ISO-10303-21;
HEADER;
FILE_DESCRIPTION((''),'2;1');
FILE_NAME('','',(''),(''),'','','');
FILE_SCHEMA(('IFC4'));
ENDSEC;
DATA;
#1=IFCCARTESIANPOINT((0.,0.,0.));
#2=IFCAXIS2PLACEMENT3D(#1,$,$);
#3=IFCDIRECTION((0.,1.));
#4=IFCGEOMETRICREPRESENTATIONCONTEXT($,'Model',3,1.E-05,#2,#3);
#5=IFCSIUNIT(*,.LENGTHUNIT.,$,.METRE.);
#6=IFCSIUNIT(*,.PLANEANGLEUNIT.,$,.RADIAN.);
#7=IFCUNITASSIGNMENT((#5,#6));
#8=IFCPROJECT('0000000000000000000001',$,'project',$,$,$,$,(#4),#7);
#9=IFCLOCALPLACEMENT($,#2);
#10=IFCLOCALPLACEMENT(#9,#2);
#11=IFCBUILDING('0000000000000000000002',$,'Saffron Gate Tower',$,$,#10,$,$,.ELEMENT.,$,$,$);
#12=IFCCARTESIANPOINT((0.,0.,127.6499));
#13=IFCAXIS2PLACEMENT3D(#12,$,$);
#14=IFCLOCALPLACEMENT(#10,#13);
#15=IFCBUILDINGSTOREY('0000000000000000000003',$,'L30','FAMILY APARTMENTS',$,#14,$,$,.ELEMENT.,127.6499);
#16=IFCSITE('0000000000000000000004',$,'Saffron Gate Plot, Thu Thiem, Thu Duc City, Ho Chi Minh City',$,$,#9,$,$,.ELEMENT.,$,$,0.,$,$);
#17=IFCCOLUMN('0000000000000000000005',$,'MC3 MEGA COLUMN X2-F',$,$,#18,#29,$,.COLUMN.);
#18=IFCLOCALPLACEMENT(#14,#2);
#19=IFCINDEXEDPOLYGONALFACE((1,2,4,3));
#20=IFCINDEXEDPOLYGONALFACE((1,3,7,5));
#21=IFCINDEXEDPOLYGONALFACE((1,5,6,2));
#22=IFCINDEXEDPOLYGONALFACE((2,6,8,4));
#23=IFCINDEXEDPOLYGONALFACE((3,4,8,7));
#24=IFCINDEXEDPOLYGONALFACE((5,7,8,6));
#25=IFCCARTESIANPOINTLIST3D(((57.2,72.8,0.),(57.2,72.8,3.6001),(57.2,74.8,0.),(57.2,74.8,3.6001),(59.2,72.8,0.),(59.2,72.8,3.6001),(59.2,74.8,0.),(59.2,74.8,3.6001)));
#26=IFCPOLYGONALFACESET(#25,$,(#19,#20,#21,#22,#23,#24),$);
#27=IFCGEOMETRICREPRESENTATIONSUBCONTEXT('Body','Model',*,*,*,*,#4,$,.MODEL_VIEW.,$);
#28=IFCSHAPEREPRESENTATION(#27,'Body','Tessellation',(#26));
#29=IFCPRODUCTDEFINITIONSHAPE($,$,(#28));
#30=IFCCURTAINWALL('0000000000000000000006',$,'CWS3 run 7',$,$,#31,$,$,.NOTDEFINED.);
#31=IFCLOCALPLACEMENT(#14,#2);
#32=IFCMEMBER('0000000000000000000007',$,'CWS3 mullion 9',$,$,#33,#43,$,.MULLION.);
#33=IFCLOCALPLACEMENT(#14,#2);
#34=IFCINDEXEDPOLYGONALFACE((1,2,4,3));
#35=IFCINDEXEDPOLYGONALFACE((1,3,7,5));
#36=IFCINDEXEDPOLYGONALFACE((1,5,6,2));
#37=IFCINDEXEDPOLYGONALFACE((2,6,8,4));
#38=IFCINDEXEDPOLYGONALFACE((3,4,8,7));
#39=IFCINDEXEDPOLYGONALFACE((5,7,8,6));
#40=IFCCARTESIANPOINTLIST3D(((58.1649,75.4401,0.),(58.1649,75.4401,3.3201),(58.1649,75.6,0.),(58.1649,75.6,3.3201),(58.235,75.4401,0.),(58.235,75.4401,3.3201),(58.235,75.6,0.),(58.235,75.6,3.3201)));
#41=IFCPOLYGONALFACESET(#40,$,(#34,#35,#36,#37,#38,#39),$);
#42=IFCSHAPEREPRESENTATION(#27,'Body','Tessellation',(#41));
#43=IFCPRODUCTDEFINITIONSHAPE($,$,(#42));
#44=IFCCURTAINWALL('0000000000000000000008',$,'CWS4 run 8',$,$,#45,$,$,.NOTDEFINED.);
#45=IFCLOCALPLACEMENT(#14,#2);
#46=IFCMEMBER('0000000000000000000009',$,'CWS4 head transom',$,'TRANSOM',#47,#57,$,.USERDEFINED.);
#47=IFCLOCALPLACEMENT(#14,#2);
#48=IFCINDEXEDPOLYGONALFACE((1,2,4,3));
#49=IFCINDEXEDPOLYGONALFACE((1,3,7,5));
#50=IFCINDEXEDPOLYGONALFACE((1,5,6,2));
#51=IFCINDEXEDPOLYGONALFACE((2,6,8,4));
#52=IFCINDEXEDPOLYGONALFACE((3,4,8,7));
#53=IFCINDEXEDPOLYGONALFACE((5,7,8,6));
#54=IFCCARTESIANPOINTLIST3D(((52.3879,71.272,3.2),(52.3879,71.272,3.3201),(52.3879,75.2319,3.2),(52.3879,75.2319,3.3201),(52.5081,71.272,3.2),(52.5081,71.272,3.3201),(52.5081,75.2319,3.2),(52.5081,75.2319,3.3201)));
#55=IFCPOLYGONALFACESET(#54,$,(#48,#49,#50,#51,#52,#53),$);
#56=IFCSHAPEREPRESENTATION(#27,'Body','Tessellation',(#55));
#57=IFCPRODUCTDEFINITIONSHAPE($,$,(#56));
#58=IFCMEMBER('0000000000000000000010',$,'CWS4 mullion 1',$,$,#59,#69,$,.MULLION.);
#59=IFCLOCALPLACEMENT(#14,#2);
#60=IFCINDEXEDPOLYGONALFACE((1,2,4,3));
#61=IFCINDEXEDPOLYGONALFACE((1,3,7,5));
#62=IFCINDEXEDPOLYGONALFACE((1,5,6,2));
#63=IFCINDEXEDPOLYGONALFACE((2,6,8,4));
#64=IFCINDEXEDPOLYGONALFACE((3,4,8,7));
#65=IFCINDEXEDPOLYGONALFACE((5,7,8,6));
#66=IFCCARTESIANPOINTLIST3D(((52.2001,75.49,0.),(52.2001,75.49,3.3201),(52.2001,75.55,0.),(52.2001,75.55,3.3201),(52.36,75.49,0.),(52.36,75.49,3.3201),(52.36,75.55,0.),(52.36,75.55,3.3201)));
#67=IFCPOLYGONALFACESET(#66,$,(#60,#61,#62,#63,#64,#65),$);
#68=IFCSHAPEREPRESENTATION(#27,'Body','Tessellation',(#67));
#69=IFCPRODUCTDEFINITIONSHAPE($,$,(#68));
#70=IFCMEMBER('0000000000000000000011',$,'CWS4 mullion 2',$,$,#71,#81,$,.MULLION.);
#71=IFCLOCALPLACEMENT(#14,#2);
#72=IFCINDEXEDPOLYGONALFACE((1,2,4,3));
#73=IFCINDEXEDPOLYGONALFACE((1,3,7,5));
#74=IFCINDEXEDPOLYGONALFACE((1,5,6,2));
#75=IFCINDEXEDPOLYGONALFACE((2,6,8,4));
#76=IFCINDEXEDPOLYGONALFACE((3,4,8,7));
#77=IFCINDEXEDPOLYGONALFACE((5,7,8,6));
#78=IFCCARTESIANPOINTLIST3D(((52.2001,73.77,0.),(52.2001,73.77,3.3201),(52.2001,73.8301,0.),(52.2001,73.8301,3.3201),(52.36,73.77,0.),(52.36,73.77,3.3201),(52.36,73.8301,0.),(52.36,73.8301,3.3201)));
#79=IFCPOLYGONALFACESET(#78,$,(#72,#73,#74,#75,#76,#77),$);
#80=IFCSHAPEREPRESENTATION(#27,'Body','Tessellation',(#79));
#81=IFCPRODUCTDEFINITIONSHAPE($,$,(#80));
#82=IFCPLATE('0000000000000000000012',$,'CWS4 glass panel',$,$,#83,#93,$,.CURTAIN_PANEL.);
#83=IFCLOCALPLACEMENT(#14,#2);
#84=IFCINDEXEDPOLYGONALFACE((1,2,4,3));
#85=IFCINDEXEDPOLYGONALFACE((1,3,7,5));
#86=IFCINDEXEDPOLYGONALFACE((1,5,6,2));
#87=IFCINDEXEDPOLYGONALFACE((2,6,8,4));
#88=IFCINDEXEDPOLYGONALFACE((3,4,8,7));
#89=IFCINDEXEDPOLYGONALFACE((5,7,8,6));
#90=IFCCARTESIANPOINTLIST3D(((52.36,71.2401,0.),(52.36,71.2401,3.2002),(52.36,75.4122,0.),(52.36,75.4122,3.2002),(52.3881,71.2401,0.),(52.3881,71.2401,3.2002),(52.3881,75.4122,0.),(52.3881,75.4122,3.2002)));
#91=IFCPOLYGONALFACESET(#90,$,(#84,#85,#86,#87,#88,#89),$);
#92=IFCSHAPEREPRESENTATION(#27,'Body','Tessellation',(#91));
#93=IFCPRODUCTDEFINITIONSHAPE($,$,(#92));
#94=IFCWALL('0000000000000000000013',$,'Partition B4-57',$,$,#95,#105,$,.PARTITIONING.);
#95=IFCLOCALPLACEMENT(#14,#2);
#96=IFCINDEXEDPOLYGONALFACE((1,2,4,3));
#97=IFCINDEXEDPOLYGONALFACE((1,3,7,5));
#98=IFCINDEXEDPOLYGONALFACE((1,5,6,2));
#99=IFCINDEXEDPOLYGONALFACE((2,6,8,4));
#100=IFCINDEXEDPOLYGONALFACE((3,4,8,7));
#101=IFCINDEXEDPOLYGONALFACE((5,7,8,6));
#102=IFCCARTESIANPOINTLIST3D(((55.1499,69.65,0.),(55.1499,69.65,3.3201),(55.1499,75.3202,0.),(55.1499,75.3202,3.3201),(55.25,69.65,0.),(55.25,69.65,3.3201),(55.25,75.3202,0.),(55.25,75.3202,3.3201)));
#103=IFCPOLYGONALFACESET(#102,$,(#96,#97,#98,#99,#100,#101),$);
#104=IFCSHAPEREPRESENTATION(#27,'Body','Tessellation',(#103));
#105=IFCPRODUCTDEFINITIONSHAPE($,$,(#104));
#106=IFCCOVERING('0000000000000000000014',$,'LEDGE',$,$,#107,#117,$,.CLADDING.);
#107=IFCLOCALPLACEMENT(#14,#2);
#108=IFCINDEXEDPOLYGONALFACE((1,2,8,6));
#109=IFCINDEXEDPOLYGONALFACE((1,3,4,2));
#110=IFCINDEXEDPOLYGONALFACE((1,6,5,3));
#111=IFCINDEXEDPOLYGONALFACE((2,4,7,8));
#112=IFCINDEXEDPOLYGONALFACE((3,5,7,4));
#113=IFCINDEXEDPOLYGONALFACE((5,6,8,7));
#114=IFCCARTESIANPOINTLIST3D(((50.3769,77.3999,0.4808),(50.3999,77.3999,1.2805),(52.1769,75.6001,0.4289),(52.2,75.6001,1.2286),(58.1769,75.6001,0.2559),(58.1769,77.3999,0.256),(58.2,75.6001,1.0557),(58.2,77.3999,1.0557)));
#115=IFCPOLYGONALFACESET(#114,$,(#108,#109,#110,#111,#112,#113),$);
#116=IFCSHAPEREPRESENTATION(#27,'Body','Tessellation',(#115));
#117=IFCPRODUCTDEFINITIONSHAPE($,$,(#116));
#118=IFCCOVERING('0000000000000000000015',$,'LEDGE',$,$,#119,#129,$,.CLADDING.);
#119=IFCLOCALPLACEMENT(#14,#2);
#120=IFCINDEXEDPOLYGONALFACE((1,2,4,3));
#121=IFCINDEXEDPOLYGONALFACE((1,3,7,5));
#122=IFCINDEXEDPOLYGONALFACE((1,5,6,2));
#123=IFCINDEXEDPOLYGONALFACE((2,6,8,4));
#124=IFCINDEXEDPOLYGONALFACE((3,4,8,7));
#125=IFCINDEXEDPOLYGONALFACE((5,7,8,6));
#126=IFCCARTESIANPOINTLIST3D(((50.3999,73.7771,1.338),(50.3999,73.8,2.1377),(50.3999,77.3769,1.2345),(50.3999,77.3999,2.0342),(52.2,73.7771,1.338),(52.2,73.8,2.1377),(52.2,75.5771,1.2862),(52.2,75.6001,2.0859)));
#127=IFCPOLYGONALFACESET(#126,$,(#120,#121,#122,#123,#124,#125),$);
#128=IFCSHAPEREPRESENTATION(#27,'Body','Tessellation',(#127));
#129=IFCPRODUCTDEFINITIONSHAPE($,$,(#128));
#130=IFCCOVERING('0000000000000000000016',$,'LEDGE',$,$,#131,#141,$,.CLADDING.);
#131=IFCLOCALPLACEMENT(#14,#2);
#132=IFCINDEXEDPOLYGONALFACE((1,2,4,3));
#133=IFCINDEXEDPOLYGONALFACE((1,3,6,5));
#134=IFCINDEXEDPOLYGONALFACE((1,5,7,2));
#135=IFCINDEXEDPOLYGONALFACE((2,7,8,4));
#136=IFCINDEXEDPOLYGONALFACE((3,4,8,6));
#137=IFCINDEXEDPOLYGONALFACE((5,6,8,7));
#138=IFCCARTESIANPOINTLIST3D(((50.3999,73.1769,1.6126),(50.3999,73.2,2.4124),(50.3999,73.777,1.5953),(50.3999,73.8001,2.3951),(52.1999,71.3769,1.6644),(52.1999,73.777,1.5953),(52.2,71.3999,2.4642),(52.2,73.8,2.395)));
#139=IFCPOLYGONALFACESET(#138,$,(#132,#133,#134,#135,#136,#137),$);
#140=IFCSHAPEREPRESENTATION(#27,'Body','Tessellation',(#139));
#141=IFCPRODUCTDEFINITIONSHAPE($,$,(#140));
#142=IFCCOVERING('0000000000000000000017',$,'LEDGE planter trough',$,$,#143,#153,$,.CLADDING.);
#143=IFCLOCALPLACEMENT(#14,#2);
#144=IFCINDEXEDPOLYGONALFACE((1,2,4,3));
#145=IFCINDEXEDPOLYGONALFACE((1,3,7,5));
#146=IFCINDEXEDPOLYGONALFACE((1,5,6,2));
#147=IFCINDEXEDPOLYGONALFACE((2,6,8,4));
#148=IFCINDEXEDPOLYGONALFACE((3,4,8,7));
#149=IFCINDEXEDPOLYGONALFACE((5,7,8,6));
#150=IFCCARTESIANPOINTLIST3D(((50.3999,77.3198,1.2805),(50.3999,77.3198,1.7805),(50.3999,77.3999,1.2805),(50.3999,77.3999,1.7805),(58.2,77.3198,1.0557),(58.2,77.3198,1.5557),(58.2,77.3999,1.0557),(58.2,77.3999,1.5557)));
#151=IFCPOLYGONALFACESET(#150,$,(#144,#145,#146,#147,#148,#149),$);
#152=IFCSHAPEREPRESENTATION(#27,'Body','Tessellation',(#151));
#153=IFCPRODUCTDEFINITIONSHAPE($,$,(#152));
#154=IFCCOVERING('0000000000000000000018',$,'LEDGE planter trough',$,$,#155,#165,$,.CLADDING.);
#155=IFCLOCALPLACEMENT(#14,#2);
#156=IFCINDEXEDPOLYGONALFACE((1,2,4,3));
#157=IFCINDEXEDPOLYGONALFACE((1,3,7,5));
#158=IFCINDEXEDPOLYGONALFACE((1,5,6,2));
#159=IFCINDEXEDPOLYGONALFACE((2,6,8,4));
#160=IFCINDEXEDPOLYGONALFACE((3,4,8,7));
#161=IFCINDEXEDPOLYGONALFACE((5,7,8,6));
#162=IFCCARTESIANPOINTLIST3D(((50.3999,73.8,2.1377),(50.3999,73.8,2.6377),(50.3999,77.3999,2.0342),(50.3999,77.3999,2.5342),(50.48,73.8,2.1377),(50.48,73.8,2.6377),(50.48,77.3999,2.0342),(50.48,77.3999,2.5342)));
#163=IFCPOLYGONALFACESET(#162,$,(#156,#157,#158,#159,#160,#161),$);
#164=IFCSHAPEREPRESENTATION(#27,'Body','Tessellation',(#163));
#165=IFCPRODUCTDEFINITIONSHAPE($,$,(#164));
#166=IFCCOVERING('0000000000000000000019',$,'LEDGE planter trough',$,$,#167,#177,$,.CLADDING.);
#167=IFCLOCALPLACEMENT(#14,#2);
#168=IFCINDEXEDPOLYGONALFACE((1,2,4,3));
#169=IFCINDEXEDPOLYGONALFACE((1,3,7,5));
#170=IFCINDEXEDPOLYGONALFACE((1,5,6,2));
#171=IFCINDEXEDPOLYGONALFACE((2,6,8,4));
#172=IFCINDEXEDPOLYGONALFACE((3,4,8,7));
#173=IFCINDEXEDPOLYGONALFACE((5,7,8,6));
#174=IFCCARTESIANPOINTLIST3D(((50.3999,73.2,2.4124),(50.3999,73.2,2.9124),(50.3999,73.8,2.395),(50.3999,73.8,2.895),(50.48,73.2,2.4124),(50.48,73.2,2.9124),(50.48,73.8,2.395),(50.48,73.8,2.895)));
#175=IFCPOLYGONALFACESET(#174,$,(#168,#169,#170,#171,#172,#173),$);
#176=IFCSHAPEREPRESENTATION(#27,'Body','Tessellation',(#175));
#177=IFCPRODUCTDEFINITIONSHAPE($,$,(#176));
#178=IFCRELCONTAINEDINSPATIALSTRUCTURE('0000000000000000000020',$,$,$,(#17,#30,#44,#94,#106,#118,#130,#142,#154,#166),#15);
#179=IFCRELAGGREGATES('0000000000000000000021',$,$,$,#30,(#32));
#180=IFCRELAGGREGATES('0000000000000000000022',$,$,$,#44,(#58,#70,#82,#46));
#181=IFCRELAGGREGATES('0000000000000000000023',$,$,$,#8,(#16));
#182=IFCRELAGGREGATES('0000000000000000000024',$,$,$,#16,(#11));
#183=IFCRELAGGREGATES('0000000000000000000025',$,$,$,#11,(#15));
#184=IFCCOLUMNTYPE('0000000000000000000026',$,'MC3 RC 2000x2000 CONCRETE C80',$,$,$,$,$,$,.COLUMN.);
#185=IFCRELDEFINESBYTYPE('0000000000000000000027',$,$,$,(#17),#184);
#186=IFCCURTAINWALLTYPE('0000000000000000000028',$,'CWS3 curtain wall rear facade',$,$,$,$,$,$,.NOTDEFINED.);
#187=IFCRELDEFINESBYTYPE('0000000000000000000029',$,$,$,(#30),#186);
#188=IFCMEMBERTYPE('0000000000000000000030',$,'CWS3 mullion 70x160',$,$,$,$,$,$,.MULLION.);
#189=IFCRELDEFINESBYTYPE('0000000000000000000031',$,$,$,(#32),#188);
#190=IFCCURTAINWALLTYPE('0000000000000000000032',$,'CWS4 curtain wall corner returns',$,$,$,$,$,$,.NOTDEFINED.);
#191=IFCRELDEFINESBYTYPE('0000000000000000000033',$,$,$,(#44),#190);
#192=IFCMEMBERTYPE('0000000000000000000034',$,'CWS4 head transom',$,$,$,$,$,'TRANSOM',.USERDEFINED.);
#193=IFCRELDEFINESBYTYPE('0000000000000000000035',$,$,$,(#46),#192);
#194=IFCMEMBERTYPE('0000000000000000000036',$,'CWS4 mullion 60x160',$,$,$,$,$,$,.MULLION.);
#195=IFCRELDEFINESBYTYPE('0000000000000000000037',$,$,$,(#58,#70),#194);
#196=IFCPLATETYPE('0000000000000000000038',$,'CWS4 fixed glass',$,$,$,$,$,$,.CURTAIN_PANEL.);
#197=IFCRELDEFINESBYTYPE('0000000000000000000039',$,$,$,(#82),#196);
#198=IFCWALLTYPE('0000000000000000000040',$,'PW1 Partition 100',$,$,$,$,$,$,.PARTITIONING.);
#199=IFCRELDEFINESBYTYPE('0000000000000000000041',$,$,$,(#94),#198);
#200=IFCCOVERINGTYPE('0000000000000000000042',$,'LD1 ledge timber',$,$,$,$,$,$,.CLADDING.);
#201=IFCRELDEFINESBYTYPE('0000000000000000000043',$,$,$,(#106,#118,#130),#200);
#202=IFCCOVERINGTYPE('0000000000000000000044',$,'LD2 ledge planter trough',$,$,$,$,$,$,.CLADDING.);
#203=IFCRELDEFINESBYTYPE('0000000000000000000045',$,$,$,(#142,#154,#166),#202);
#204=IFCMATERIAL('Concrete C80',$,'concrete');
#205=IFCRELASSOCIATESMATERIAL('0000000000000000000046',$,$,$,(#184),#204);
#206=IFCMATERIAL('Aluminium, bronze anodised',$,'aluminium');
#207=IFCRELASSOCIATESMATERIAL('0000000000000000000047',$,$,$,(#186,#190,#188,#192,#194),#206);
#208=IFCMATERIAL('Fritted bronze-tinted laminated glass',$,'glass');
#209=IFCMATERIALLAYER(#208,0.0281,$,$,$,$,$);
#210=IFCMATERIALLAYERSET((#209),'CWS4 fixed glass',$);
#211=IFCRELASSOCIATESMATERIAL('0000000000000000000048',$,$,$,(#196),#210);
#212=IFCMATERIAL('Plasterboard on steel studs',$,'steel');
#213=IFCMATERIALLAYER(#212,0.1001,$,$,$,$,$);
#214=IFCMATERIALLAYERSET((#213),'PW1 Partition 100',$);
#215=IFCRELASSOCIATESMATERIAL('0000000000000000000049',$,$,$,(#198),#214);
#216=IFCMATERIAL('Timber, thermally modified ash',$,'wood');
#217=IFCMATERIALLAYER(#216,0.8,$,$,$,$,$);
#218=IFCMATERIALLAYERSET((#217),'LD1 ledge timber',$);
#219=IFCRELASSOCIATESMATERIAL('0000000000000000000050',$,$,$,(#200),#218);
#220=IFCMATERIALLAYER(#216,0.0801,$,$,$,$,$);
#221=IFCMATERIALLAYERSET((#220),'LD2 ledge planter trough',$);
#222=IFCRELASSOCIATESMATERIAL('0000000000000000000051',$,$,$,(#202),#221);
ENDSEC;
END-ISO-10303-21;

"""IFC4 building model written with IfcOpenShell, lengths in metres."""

from ifc_helpers import new_model, si_unit, direction, frame, frame_2d, origin, origin_2d, place, context, subcontext, project, spatial, polyline, rectangle, outline, extrude, material, layer, layer_set, material_profile, profile_set, type_object, element, aggregate, save


model = new_model("IFC4")

# Units and contexts
model_context = context("Model", 3, precision=1e-05, world=origin(), true_north=direction((0.0, 1.0)))
body_context = subcontext(model_context, "Body", "Model", "MODEL_VIEW")
ifc_project = project(units=[si_unit("LENGTHUNIT", "METRE"), si_unit("PLANEANGLEUNIT", "RADIAN")], contexts=[model_context])

# Site, building, storey
site_placement = place(None, origin())
site = spatial("IfcSite", under=ifc_project, at=site_placement, Name="Saffron Gate Plot, Thu Thiem, Thu Duc City, Ho Chi Minh City", CompositionType="ELEMENT", RefElevation=0.0)
building_placement = place(site_placement, origin())
building = spatial("IfcBuilding", under=site, at=building_placement, Name="Saffron Gate Tower", CompositionType="ELEMENT")
storey_placement = place(building_placement, frame((0.0, 0.0, 127.6499)))
storey = spatial("IfcBuildingStorey", under=building, at=storey_placement, Name="L30", Description="FAMILY APARTMENTS", CompositionType="ELEMENT", Elevation=127.6499)

# Column
ifc_material_1 = material(Name="Concrete C80", Category="concrete")
ifc_material_profile_1 = material_profile(ifc_material_1, rectangle(XDim=2.0, YDim=2.0, at=origin_2d()))
ifc_profile_set_1 = profile_set([ifc_material_profile_1], Name="Concrete C80")
column_type = type_object("IfcColumnType", Name="MC3 RC 2000x2000 CONCRETE C80", PredefinedType="COLUMN", material=ifc_profile_set_1)
column_placement = place(storey_placement, frame((58.2, 73.8, 0.0), z_axis=(0.0, 0.0, 1.0), x_axis=(1.0, 0.0, 0.0)))
element("IfcColumn", 1, at=column_placement, inside=storey, type_object=column_type, Name="MC3 MEGA COLUMN X2-F", PredefinedType="COLUMN", context=body_context, shape_type="SweptSolid", body=[
    extrude(rectangle(XDim=2.0, YDim=2.0, at=origin_2d()), origin(), (0.0, 0.0, 1.0), 3.6001),
])

# Curtain wall, member
ifc_material_2 = material(Name="Aluminium, bronze anodised", Category="aluminium")
curtain_wall_type_1 = type_object("IfcCurtainWallType", Name="CWS3 curtain wall rear facade", PredefinedType="NOTDEFINED", material=ifc_material_2)
curtain_wall_1_placement = place(storey_placement, origin())
curtain_wall_1 = element("IfcCurtainWall", 2, at=curtain_wall_1_placement, inside=storey, type_object=curtain_wall_type_1, Name="CWS3 run 7", PredefinedType="NOTDEFINED")
ifc_material_profile_2 = material_profile(ifc_material_2, rectangle(XDim=0.1599, YDim=0.0701, at=origin_2d()))
ifc_profile_set_2 = profile_set([ifc_material_profile_2], Name="Aluminium, bronze anodised")
member_type_1 = type_object("IfcMemberType", Name="CWS3 mullion 70x160", PredefinedType="MULLION", material=ifc_profile_set_2)
member_1_placement = place(storey_placement, frame((58.2, 75.52, 0.0), z_axis=(0.0, 0.0, 1.0), x_axis=(0.0, -1.0, 0.0)))
member_1 = element("IfcMember", 3, at=member_1_placement, type_object=member_type_1, Name="CWS3 mullion 9", PredefinedType="MULLION", context=body_context, shape_type="SweptSolid", body=[
    extrude(rectangle(XDim=0.1599, YDim=0.0701, at=origin_2d()), origin(), (0.0, 0.0, 1.0), 3.3201),
])
aggregate(curtain_wall_1, [member_1])

# Curtain wall, members, plate
curtain_wall_type_2 = type_object("IfcCurtainWallType", Name="CWS4 curtain wall corner returns", PredefinedType="NOTDEFINED", material=ifc_material_2)
curtain_wall_2_placement = place(storey_placement, origin())
curtain_wall_2 = element("IfcCurtainWall", 4, at=curtain_wall_2_placement, inside=storey, type_object=curtain_wall_type_2, Name="CWS4 run 8", PredefinedType="NOTDEFINED")
ifc_material_profile_3 = material_profile(ifc_material_2, rectangle(XDim=0.1201, YDim=0.1201, at=origin_2d()))
ifc_profile_set_3 = profile_set([ifc_material_profile_3], Name="Aluminium, bronze anodised")
member_type_2 = type_object("IfcMemberType", Name="CWS4 head transom", ElementType="TRANSOM", PredefinedType="USERDEFINED", material=ifc_profile_set_3)
member_2_placement = place(storey_placement, frame((52.448, 75.2319, 3.26), z_axis=(0.0, -1.0, 0.0), x_axis=(1.0, 0.0, 0.0)))
member_2 = element("IfcMember", 5, at=member_2_placement, type_object=member_type_2, Name="CWS4 head transom", ObjectType="TRANSOM", PredefinedType="USERDEFINED", context=body_context, shape_type="SweptSolid", body=[
    extrude(rectangle(XDim=0.1201, YDim=0.1201, at=origin_2d()), origin(), (0.0, 0.0, 1.0), 3.96),
])
ifc_material_profile_4 = material_profile(ifc_material_2, rectangle(XDim=0.1599, YDim=0.0601, at=origin_2d()))
ifc_profile_set_4 = profile_set([ifc_material_profile_4], Name="Aluminium, bronze anodised")
member_type_3 = type_object("IfcMemberType", Name="CWS4 mullion 60x160", PredefinedType="MULLION", material=ifc_profile_set_4)
member_3_placement = place(storey_placement, frame((52.28, 75.52, 0.0), z_axis=(0.0, 0.0, 1.0), x_axis=(1.0, 0.0, 0.0)))
member_3 = element("IfcMember", 6, at=member_3_placement, type_object=member_type_3, Name="CWS4 mullion 1", PredefinedType="MULLION", context=body_context, shape_type="SweptSolid", body=[
    extrude(rectangle(XDim=0.1599, YDim=0.0601, at=origin_2d()), origin(), (0.0, 0.0, 1.0), 3.3201),
])
member_4_placement = place(storey_placement, frame((52.28, 73.8, 0.0), z_axis=(0.0, 0.0, 1.0), x_axis=(1.0, 0.0, 0.0)))
member_4 = element("IfcMember", 7, at=member_4_placement, type_object=member_type_3, Name="CWS4 mullion 2", PredefinedType="MULLION", context=body_context, shape_type="SweptSolid", body=[
    extrude(rectangle(XDim=0.1599, YDim=0.0601, at=origin_2d()), origin(), (0.0, 0.0, 1.0), 3.3201),
])
ifc_material_3 = material(Name="Fritted bronze-tinted laminated glass", Category="glass")
ifc_layer_1 = layer(ifc_material_3, 0.0281)
ifc_layer_set_1 = layer_set([ifc_layer_1], Name="CWS4 fixed glass")
plate_type = type_object("IfcPlateType", Name="CWS4 fixed glass", PredefinedType="CURTAIN_PANEL", material=ifc_layer_set_1)
plate_placement = place(storey_placement, frame((52.374, 75.4121, 0.0), z_axis=(0.0, 0.0, 1.0), x_axis=(0.0, -1.0, 0.0)))
plate = element("IfcPlate", 8, at=plate_placement, type_object=plate_type, Name="CWS4 glass panel", PredefinedType="CURTAIN_PANEL", context=body_context, shape_type="SweptSolid", body=[
    extrude(rectangle(XDim=4.1721, YDim=0.0281, at=frame_2d((2.0859, 0.0))), origin(), (0.0, 0.0, 1.0), 3.2002),
])
aggregate(curtain_wall_2, [member_3, member_4, plate, member_2])

# Wall
ifc_material_4 = material(Name="Plasterboard on steel studs", Category="steel")
ifc_layer_2 = layer(ifc_material_4, 0.1001)
ifc_layer_set_2 = layer_set([ifc_layer_2], Name="PW1 Partition 100")
wall_type = type_object("IfcWallType", Name="PW1 Partition 100", PredefinedType="PARTITIONING", material=ifc_layer_set_2)
wall_placement = place(storey_placement, frame((55.2, 75.3201, 0.0), z_axis=(0.0, 0.0, 1.0), x_axis=(0.0, -1.0, 0.0)))
element("IfcWall", 9, at=wall_placement, inside=storey, type_object=wall_type, Name="Partition B4-57", PredefinedType="PARTITIONING", context=body_context, shape_type="SweptSolid", body=[
    extrude(rectangle(XDim=5.6702, YDim=0.1001, at=frame_2d((2.835, 0.0))), origin(), (0.0, 0.0, 1.0), 3.3201),
])

# Coverings
ifc_material_5 = material(Name="Timber, thermally modified ash", Category="wood")
ifc_layer_3 = layer(ifc_material_5, 0.8)
ifc_layer_set_3 = layer_set([ifc_layer_3], Name="LD1 ledge timber")
covering_type_1 = type_object("IfcCoveringType", Name="LD1 ledge timber", PredefinedType="CLADDING", material=ifc_layer_set_3)
covering_1_placement = place(storey_placement, frame((58.2, 75.6001, 1.0557), z_axis=(0.028807, -0.000035, 0.999585), x_axis=(-0.999585, 0.0, 0.028807)))
element("IfcCovering", 10, at=covering_1_placement, inside=storey, type_object=covering_type_1, Name="LEDGE", PredefinedType="CLADDING", context=body_context, shape_type="SweptSolid", body=[
    extrude(outline(polyline([(0.0, 0.0), (6.0025, 0.0), (7.8033, -1.7998), (0.0, -1.7998), (0.0, 0.0)])), origin(), (0.0, 0.0, -1.0), 0.8),
])
covering_2_placement = place(storey_placement, frame((52.2, 75.6001, 2.0859), z_axis=(-0.000001, 0.028743, 0.999587), x_axis=(0.0, -0.999587, 0.028743)))
element("IfcCovering", 11, at=covering_2_placement, inside=storey, type_object=covering_type_1, Name="LEDGE", PredefinedType="CLADDING", context=body_context, shape_type="SweptSolid", body=[
    extrude(outline(polyline([(0.0, 0.0), (1.8008, 0.0), (1.8008, -1.8), (-1.8005, -1.8), (0.0, 0.0)])), origin(), (0.0, 0.0, -1.0), 0.8),
])
covering_3_placement = place(storey_placement, frame((52.2, 73.8, 2.395), z_axis=(0.000026, 0.028794, 0.999585), x_axis=(0.0, -0.999585, 0.028794)))
element("IfcCovering", 12, at=covering_3_placement, inside=storey, type_object=covering_type_1, Name="LEDGE", PredefinedType="CLADDING", context=body_context, shape_type="SweptSolid", body=[
    extrude(outline(polyline([(0.0, 0.0), (2.4011, 0.0), (0.6003, -1.8), (0.0, -1.8), (0.0, 0.0)])), origin(), (0.0, 0.0, -1.0), 0.8),
])
ifc_layer_4 = layer(ifc_material_5, 0.0801)
ifc_layer_set_4 = layer_set([ifc_layer_4], Name="LD2 ledge planter trough")
covering_type_2 = type_object("IfcCoveringType", Name="LD2 ledge planter trough", PredefinedType="CLADDING", material=ifc_layer_set_4)
covering_4_placement = place(storey_placement, frame((58.2, 77.3999, 1.0557), z_axis=(0.0, 1.0, 0.0), x_axis=(-0.999585, 0.0, 0.028815)))
element("IfcCovering", 13, at=covering_4_placement, inside=storey, type_object=covering_type_2, Name="LEDGE planter trough", PredefinedType="CLADDING", context=body_context, shape_type="SweptSolid", body=[
    extrude(outline(polyline([(0.0, 0.0), (7.8033, 0.0), (7.8177, 0.4998), (0.0144, 0.4998), (0.0, 0.0)])), origin(), (0.0, 0.0, -1.0), 0.0801),
])
covering_5_placement = place(storey_placement, frame((50.3999, 77.3999, 2.0342), z_axis=(-1.0, 0.0, 0.0), x_axis=(0.0, -0.999587, 0.028744)))
element("IfcCovering", 14, at=covering_5_placement, inside=storey, type_object=covering_type_2, Name="LEDGE planter trough", PredefinedType="CLADDING", context=body_context, shape_type="SweptSolid", body=[
    extrude(outline(polyline([(0.0, 0.0), (3.6013, 0.0), (3.6157, 0.4998), (0.0144, 0.4998), (0.0, 0.0)])), origin(), (0.0, 0.0, -1.0), 0.0801),
])
covering_6_placement = place(storey_placement, frame((50.3999, 73.8, 2.395), z_axis=(-1.0, 0.0, 0.0), x_axis=(0.0, -0.999583, 0.028873)))
element("IfcCovering", 15, at=covering_6_placement, inside=storey, type_object=covering_type_2, Name="LEDGE planter trough", PredefinedType="CLADDING", context=body_context, shape_type="SweptSolid", body=[
    extrude(outline(polyline([(0.0, 0.0), (0.6003, 0.0), (0.6148, 0.4998), (0.0144, 0.4998), (0.0, 0.0)])), origin(), (0.0, 0.0, -1.0), 0.0801),
])

save(model, "model.ifc")
